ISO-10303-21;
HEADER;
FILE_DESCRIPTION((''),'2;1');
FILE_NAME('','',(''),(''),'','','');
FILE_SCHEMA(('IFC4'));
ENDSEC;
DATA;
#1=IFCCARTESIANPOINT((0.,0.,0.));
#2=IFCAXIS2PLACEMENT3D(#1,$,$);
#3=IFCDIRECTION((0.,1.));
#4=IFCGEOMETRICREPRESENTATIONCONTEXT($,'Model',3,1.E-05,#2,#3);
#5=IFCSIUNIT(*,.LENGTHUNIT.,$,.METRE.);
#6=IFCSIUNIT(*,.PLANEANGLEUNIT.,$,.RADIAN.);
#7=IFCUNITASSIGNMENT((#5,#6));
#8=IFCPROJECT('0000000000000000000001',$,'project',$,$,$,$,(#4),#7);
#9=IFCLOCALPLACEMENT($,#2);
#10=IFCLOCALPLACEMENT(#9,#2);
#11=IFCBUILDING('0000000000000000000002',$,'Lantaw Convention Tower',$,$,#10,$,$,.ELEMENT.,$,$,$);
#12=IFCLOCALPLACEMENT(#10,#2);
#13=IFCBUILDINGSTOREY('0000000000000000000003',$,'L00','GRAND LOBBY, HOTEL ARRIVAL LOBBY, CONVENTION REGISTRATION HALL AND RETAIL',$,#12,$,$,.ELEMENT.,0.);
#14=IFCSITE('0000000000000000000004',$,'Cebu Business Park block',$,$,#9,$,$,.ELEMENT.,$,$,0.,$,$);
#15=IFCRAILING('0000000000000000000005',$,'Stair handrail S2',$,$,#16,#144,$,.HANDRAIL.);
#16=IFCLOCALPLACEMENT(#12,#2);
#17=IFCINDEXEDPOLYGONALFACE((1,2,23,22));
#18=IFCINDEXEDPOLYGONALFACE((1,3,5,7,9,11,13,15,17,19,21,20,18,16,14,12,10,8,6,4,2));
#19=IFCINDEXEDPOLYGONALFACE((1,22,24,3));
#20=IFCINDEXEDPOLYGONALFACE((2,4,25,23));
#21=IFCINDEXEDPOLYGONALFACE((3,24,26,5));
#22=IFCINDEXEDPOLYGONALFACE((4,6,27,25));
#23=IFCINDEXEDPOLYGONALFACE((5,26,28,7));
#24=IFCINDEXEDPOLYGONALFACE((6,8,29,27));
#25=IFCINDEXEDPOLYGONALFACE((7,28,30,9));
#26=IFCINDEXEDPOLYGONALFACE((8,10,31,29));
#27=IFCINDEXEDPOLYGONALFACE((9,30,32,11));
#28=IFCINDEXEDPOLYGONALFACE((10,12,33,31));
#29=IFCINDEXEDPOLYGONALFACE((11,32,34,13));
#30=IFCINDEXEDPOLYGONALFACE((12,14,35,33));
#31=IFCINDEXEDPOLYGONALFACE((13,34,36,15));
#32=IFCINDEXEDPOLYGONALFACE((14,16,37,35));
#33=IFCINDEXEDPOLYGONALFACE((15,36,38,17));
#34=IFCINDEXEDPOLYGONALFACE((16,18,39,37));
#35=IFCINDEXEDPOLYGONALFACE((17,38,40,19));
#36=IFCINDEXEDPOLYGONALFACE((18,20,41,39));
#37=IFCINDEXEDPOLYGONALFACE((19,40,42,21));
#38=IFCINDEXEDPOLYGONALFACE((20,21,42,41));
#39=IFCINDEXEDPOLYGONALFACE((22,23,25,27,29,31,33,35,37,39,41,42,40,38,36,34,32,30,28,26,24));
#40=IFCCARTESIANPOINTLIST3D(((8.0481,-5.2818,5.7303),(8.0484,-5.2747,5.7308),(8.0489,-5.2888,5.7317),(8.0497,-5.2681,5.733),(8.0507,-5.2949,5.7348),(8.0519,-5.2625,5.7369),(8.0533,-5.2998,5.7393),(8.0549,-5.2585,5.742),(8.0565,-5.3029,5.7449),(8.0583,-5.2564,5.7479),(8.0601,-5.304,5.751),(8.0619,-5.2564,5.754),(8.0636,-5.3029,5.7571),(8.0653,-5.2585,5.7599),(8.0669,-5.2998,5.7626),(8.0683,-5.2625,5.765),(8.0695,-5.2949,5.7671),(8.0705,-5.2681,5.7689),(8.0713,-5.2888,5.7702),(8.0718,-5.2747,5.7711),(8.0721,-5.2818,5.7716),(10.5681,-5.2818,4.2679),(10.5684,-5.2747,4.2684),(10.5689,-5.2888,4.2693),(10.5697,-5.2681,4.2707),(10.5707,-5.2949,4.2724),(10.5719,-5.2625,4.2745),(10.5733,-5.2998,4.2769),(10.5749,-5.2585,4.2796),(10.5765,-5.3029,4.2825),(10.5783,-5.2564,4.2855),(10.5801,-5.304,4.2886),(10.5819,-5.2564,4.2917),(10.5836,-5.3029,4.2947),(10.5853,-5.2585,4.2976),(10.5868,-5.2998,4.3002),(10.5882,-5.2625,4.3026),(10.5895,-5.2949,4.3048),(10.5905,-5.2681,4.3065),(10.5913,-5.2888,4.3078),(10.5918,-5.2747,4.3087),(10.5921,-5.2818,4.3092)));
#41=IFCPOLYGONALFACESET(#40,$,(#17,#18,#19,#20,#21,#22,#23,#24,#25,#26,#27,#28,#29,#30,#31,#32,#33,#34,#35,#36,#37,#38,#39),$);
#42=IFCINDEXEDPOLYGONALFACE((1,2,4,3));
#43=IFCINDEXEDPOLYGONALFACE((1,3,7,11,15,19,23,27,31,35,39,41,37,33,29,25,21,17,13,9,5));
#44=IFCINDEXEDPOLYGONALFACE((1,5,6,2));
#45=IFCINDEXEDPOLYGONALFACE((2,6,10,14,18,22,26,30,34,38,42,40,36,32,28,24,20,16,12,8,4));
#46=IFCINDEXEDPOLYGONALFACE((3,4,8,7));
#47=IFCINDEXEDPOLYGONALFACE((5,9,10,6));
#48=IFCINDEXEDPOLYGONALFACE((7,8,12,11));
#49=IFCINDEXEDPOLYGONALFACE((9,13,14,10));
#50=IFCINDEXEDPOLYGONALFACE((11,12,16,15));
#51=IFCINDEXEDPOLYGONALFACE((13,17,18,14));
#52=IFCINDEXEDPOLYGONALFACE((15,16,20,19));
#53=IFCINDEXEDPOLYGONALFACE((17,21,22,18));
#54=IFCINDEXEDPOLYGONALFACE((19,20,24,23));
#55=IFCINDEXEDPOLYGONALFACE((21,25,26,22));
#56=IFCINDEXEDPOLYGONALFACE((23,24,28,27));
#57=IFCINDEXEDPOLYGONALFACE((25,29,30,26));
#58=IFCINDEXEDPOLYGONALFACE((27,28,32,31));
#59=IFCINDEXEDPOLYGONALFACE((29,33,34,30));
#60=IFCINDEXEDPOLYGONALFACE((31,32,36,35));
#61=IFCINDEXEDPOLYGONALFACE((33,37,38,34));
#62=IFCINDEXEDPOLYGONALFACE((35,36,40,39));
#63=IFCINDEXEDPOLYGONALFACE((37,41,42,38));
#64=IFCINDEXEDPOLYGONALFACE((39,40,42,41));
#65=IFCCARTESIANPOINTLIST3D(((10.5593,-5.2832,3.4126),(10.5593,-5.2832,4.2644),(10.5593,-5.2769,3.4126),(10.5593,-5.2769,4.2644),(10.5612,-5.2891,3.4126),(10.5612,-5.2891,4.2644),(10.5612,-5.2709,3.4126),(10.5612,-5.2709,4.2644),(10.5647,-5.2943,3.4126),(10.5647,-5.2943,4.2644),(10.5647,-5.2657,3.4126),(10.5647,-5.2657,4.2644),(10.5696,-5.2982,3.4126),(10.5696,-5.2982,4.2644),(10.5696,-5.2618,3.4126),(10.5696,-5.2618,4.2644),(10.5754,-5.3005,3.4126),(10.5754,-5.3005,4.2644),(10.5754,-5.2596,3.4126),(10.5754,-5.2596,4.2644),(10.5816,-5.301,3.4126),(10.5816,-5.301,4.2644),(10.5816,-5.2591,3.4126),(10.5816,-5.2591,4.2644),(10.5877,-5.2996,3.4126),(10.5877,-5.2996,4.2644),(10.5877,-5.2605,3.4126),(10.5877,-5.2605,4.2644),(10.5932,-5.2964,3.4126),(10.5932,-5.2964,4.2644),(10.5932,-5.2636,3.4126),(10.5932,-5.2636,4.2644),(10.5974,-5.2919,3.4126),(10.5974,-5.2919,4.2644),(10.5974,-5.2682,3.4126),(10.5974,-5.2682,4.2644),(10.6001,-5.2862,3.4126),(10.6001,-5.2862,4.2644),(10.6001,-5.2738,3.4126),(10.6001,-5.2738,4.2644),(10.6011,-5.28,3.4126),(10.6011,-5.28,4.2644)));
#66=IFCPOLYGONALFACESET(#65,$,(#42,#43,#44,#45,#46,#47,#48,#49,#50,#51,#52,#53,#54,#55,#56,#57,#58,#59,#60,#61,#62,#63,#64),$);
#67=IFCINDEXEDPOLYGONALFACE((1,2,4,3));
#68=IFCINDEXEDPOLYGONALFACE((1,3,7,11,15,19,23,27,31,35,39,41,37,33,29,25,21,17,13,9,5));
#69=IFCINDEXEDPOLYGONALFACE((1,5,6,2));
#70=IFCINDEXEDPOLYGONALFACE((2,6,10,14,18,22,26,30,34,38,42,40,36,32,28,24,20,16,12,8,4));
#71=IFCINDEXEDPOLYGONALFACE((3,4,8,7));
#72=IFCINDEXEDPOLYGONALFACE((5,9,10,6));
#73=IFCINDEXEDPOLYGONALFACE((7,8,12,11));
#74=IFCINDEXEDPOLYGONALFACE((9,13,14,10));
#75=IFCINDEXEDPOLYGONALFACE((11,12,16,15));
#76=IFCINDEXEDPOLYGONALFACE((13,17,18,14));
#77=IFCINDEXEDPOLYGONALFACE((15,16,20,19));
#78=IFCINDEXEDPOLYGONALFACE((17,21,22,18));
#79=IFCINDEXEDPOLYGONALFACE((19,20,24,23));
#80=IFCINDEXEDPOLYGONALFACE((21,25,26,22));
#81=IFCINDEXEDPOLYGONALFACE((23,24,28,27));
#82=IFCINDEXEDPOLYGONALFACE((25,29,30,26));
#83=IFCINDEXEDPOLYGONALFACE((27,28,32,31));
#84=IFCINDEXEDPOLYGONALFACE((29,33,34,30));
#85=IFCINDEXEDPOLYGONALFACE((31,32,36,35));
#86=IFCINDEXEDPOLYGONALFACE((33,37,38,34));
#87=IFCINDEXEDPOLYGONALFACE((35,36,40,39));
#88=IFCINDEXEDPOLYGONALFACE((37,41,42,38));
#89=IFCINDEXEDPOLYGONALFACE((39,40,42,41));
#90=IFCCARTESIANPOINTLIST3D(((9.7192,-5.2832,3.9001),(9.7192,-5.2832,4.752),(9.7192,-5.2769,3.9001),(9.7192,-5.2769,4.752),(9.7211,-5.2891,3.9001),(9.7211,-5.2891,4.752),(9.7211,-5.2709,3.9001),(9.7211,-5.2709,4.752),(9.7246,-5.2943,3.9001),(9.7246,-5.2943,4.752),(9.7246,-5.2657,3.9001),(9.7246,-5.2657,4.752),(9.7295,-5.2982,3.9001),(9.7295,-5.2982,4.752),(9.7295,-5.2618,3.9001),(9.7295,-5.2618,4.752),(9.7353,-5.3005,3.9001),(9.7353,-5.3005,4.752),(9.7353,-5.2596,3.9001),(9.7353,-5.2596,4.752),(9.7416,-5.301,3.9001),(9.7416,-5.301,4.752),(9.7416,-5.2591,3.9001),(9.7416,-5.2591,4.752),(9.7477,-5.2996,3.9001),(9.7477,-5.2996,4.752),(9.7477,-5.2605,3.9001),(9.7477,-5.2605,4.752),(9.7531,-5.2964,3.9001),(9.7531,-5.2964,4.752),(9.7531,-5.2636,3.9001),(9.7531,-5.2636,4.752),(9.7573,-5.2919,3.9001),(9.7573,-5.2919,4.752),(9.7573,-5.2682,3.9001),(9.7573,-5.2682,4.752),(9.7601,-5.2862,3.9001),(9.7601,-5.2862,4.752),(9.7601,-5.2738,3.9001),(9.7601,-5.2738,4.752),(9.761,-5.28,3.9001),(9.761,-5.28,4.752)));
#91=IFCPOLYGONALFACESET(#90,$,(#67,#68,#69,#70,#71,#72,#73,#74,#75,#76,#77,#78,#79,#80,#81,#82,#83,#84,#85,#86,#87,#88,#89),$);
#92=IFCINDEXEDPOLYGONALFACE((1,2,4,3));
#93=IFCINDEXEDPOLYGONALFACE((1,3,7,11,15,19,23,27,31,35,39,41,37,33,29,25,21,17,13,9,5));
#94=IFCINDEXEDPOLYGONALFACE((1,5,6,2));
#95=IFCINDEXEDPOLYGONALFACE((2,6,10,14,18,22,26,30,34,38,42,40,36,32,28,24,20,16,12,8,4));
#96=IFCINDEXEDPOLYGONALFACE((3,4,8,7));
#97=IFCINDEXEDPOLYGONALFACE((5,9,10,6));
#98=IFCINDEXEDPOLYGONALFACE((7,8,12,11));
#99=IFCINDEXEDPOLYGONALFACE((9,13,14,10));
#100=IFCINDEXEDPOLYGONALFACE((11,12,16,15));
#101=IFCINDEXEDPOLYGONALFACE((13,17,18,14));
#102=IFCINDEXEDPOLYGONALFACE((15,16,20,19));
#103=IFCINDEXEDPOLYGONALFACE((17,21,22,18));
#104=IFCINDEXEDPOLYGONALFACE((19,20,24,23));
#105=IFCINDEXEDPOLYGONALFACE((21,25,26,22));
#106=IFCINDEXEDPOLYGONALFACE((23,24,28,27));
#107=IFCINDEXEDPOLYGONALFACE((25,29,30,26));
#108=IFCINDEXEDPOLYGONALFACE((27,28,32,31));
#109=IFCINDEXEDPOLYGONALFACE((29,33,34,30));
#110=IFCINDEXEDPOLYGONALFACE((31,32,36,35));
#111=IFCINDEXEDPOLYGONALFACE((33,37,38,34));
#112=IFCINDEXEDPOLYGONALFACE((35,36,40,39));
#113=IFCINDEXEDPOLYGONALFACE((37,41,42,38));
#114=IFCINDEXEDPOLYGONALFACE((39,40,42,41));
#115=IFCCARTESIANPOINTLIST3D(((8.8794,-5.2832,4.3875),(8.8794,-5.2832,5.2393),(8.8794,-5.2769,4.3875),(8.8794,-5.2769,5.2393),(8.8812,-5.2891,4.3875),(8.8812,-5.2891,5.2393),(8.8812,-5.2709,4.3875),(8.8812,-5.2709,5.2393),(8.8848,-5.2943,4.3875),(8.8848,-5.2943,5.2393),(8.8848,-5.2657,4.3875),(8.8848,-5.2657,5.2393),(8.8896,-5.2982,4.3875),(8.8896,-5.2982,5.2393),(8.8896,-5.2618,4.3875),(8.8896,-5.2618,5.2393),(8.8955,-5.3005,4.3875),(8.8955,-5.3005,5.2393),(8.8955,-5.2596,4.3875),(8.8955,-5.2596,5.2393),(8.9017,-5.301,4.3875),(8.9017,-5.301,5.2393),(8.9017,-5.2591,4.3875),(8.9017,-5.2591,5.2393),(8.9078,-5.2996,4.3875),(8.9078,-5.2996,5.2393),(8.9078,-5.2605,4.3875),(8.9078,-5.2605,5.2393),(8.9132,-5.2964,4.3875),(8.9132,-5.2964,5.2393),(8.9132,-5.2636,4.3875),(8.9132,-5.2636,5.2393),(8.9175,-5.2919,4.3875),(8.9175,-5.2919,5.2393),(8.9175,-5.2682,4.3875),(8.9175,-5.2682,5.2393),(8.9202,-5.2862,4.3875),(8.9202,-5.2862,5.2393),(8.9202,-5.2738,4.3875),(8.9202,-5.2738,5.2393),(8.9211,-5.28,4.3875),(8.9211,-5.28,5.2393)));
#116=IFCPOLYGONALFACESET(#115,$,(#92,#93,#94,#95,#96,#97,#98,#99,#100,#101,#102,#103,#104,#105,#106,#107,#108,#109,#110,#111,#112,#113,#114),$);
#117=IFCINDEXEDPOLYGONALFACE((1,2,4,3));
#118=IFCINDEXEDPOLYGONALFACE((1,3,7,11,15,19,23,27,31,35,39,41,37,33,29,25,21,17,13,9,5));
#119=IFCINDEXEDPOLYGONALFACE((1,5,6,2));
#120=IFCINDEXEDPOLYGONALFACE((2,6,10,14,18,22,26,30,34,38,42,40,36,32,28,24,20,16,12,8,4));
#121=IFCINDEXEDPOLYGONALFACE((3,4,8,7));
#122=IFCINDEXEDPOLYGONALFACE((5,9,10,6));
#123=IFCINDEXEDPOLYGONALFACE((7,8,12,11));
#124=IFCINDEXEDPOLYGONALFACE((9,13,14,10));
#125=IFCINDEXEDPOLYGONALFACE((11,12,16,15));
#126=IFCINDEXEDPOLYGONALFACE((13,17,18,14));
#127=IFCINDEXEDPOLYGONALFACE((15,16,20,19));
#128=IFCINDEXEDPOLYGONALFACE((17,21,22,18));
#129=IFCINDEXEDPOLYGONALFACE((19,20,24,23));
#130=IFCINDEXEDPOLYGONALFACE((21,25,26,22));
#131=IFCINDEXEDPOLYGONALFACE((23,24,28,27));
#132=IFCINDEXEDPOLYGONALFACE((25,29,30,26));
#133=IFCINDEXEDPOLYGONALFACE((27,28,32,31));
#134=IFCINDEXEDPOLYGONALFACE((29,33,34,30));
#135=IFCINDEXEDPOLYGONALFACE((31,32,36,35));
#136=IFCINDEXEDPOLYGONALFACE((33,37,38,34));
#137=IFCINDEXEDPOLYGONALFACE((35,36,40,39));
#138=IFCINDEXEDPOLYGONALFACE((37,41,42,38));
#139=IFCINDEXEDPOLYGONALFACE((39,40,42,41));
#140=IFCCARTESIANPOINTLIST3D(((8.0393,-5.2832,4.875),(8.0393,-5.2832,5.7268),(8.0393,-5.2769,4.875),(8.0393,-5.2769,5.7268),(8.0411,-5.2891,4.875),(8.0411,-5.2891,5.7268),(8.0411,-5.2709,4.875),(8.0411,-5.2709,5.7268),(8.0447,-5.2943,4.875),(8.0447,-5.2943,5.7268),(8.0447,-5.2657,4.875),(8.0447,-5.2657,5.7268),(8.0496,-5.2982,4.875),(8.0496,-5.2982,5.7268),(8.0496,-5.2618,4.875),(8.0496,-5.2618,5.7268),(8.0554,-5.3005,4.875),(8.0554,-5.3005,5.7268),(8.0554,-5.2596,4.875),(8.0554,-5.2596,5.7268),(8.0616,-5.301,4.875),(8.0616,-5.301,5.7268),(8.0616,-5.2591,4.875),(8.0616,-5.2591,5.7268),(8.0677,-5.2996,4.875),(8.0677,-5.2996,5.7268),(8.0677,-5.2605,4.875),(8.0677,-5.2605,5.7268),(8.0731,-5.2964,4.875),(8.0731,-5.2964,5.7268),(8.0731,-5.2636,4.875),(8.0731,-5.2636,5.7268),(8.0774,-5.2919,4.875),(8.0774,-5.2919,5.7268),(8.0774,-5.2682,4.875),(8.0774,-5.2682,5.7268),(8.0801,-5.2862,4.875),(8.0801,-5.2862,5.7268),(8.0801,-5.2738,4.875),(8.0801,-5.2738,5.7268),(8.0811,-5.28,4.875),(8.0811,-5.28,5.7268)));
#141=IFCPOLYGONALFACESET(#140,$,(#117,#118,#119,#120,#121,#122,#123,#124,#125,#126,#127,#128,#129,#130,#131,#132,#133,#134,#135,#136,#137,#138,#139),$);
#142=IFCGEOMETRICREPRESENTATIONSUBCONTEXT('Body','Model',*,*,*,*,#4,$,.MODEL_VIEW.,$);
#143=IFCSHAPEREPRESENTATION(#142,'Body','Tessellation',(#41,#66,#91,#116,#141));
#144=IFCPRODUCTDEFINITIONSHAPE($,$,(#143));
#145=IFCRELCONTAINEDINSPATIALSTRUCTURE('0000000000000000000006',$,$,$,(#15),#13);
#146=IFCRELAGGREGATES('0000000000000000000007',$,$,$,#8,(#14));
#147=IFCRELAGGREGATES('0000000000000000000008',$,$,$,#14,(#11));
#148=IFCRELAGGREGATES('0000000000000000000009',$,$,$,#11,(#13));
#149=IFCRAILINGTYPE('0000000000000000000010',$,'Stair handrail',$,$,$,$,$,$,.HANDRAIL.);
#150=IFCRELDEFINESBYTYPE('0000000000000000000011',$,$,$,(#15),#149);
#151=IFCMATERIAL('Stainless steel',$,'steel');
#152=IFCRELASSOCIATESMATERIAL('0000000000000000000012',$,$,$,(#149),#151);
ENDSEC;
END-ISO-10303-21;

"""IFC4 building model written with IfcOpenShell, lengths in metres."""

from ifc_helpers import new_model, si_unit, direction, frame, origin, origin_2d, place, context, subcontext, project, spatial, circle, extrude, material, type_object, element, save


model = new_model("IFC4")

# Units and contexts
model_context = context("Model", 3, precision=1e-05, world=origin(), true_north=direction((0.0, 1.0)))
body_context = subcontext(model_context, "Body", "Model", "MODEL_VIEW")
ifc_project = project(units=[si_unit("LENGTHUNIT", "METRE"), si_unit("PLANEANGLEUNIT", "RADIAN")], contexts=[model_context])

# Site, building, storey
site_placement = place(None, origin())
site = spatial("IfcSite", under=ifc_project, at=site_placement, Name="Cebu Business Park block", CompositionType="ELEMENT", RefElevation=0.0)
building_placement = place(site_placement, origin())
building = spatial("IfcBuilding", under=site, at=building_placement, Name="Lantaw Convention Tower", CompositionType="ELEMENT")
storey_placement = place(building_placement, origin())
storey = spatial("IfcBuildingStorey", under=building, at=storey_placement, Name="L00", Description="GRAND LOBBY, HOTEL ARRIVAL LOBBY, CONVENTION REGISTRATION HALL AND RETAIL", CompositionType="ELEMENT", Elevation=0.0)

# Railing
ifc_material_1 = material(Name="Stainless steel", Category="steel")
railing_type = type_object("IfcRailingType", Name="Stair handrail", PredefinedType="HANDRAIL", material=ifc_material_1)
railing_1_placement = place(storey_placement, frame((10.5801, -5.28, 3.4126)))
element("IfcRailing", 1, at=railing_1_placement, inside=storey, type_object=railing_type, Name="Stair handrail S2", PredefinedType="HANDRAIL", context=body_context, shape_type="SweptSolid", body=[
    extrude(circle(Radius=0.0239, at=origin_2d()), frame((0.0, 0.0, 0.876), z_axis=(-0.864913, 0.0, 0.501921), x_axis=(0.0, -1.0, 0.0)), (0.0, 0.0, 1.0), 2.9136),
    extrude(circle(Radius=0.021, at=origin_2d()), origin(), (0.0, 0.0, 1.0), 0.8518),
    extrude(circle(Radius=0.021, at=origin_2d()), frame((-0.8401, 0.0, 0.4875)), (0.0, 0.0, 1.0), 0.8518),
    extrude(circle(Radius=0.021, at=origin_2d()), frame((-1.6799, 0.0, 0.9749)), (0.0, 0.0, 1.0), 0.8518),
    extrude(circle(Radius=0.021, at=origin_2d()), frame((-2.52, 0.0, 1.4624)), (0.0, 0.0, 1.0), 0.8518),
])

save(model, "model.ifc")
